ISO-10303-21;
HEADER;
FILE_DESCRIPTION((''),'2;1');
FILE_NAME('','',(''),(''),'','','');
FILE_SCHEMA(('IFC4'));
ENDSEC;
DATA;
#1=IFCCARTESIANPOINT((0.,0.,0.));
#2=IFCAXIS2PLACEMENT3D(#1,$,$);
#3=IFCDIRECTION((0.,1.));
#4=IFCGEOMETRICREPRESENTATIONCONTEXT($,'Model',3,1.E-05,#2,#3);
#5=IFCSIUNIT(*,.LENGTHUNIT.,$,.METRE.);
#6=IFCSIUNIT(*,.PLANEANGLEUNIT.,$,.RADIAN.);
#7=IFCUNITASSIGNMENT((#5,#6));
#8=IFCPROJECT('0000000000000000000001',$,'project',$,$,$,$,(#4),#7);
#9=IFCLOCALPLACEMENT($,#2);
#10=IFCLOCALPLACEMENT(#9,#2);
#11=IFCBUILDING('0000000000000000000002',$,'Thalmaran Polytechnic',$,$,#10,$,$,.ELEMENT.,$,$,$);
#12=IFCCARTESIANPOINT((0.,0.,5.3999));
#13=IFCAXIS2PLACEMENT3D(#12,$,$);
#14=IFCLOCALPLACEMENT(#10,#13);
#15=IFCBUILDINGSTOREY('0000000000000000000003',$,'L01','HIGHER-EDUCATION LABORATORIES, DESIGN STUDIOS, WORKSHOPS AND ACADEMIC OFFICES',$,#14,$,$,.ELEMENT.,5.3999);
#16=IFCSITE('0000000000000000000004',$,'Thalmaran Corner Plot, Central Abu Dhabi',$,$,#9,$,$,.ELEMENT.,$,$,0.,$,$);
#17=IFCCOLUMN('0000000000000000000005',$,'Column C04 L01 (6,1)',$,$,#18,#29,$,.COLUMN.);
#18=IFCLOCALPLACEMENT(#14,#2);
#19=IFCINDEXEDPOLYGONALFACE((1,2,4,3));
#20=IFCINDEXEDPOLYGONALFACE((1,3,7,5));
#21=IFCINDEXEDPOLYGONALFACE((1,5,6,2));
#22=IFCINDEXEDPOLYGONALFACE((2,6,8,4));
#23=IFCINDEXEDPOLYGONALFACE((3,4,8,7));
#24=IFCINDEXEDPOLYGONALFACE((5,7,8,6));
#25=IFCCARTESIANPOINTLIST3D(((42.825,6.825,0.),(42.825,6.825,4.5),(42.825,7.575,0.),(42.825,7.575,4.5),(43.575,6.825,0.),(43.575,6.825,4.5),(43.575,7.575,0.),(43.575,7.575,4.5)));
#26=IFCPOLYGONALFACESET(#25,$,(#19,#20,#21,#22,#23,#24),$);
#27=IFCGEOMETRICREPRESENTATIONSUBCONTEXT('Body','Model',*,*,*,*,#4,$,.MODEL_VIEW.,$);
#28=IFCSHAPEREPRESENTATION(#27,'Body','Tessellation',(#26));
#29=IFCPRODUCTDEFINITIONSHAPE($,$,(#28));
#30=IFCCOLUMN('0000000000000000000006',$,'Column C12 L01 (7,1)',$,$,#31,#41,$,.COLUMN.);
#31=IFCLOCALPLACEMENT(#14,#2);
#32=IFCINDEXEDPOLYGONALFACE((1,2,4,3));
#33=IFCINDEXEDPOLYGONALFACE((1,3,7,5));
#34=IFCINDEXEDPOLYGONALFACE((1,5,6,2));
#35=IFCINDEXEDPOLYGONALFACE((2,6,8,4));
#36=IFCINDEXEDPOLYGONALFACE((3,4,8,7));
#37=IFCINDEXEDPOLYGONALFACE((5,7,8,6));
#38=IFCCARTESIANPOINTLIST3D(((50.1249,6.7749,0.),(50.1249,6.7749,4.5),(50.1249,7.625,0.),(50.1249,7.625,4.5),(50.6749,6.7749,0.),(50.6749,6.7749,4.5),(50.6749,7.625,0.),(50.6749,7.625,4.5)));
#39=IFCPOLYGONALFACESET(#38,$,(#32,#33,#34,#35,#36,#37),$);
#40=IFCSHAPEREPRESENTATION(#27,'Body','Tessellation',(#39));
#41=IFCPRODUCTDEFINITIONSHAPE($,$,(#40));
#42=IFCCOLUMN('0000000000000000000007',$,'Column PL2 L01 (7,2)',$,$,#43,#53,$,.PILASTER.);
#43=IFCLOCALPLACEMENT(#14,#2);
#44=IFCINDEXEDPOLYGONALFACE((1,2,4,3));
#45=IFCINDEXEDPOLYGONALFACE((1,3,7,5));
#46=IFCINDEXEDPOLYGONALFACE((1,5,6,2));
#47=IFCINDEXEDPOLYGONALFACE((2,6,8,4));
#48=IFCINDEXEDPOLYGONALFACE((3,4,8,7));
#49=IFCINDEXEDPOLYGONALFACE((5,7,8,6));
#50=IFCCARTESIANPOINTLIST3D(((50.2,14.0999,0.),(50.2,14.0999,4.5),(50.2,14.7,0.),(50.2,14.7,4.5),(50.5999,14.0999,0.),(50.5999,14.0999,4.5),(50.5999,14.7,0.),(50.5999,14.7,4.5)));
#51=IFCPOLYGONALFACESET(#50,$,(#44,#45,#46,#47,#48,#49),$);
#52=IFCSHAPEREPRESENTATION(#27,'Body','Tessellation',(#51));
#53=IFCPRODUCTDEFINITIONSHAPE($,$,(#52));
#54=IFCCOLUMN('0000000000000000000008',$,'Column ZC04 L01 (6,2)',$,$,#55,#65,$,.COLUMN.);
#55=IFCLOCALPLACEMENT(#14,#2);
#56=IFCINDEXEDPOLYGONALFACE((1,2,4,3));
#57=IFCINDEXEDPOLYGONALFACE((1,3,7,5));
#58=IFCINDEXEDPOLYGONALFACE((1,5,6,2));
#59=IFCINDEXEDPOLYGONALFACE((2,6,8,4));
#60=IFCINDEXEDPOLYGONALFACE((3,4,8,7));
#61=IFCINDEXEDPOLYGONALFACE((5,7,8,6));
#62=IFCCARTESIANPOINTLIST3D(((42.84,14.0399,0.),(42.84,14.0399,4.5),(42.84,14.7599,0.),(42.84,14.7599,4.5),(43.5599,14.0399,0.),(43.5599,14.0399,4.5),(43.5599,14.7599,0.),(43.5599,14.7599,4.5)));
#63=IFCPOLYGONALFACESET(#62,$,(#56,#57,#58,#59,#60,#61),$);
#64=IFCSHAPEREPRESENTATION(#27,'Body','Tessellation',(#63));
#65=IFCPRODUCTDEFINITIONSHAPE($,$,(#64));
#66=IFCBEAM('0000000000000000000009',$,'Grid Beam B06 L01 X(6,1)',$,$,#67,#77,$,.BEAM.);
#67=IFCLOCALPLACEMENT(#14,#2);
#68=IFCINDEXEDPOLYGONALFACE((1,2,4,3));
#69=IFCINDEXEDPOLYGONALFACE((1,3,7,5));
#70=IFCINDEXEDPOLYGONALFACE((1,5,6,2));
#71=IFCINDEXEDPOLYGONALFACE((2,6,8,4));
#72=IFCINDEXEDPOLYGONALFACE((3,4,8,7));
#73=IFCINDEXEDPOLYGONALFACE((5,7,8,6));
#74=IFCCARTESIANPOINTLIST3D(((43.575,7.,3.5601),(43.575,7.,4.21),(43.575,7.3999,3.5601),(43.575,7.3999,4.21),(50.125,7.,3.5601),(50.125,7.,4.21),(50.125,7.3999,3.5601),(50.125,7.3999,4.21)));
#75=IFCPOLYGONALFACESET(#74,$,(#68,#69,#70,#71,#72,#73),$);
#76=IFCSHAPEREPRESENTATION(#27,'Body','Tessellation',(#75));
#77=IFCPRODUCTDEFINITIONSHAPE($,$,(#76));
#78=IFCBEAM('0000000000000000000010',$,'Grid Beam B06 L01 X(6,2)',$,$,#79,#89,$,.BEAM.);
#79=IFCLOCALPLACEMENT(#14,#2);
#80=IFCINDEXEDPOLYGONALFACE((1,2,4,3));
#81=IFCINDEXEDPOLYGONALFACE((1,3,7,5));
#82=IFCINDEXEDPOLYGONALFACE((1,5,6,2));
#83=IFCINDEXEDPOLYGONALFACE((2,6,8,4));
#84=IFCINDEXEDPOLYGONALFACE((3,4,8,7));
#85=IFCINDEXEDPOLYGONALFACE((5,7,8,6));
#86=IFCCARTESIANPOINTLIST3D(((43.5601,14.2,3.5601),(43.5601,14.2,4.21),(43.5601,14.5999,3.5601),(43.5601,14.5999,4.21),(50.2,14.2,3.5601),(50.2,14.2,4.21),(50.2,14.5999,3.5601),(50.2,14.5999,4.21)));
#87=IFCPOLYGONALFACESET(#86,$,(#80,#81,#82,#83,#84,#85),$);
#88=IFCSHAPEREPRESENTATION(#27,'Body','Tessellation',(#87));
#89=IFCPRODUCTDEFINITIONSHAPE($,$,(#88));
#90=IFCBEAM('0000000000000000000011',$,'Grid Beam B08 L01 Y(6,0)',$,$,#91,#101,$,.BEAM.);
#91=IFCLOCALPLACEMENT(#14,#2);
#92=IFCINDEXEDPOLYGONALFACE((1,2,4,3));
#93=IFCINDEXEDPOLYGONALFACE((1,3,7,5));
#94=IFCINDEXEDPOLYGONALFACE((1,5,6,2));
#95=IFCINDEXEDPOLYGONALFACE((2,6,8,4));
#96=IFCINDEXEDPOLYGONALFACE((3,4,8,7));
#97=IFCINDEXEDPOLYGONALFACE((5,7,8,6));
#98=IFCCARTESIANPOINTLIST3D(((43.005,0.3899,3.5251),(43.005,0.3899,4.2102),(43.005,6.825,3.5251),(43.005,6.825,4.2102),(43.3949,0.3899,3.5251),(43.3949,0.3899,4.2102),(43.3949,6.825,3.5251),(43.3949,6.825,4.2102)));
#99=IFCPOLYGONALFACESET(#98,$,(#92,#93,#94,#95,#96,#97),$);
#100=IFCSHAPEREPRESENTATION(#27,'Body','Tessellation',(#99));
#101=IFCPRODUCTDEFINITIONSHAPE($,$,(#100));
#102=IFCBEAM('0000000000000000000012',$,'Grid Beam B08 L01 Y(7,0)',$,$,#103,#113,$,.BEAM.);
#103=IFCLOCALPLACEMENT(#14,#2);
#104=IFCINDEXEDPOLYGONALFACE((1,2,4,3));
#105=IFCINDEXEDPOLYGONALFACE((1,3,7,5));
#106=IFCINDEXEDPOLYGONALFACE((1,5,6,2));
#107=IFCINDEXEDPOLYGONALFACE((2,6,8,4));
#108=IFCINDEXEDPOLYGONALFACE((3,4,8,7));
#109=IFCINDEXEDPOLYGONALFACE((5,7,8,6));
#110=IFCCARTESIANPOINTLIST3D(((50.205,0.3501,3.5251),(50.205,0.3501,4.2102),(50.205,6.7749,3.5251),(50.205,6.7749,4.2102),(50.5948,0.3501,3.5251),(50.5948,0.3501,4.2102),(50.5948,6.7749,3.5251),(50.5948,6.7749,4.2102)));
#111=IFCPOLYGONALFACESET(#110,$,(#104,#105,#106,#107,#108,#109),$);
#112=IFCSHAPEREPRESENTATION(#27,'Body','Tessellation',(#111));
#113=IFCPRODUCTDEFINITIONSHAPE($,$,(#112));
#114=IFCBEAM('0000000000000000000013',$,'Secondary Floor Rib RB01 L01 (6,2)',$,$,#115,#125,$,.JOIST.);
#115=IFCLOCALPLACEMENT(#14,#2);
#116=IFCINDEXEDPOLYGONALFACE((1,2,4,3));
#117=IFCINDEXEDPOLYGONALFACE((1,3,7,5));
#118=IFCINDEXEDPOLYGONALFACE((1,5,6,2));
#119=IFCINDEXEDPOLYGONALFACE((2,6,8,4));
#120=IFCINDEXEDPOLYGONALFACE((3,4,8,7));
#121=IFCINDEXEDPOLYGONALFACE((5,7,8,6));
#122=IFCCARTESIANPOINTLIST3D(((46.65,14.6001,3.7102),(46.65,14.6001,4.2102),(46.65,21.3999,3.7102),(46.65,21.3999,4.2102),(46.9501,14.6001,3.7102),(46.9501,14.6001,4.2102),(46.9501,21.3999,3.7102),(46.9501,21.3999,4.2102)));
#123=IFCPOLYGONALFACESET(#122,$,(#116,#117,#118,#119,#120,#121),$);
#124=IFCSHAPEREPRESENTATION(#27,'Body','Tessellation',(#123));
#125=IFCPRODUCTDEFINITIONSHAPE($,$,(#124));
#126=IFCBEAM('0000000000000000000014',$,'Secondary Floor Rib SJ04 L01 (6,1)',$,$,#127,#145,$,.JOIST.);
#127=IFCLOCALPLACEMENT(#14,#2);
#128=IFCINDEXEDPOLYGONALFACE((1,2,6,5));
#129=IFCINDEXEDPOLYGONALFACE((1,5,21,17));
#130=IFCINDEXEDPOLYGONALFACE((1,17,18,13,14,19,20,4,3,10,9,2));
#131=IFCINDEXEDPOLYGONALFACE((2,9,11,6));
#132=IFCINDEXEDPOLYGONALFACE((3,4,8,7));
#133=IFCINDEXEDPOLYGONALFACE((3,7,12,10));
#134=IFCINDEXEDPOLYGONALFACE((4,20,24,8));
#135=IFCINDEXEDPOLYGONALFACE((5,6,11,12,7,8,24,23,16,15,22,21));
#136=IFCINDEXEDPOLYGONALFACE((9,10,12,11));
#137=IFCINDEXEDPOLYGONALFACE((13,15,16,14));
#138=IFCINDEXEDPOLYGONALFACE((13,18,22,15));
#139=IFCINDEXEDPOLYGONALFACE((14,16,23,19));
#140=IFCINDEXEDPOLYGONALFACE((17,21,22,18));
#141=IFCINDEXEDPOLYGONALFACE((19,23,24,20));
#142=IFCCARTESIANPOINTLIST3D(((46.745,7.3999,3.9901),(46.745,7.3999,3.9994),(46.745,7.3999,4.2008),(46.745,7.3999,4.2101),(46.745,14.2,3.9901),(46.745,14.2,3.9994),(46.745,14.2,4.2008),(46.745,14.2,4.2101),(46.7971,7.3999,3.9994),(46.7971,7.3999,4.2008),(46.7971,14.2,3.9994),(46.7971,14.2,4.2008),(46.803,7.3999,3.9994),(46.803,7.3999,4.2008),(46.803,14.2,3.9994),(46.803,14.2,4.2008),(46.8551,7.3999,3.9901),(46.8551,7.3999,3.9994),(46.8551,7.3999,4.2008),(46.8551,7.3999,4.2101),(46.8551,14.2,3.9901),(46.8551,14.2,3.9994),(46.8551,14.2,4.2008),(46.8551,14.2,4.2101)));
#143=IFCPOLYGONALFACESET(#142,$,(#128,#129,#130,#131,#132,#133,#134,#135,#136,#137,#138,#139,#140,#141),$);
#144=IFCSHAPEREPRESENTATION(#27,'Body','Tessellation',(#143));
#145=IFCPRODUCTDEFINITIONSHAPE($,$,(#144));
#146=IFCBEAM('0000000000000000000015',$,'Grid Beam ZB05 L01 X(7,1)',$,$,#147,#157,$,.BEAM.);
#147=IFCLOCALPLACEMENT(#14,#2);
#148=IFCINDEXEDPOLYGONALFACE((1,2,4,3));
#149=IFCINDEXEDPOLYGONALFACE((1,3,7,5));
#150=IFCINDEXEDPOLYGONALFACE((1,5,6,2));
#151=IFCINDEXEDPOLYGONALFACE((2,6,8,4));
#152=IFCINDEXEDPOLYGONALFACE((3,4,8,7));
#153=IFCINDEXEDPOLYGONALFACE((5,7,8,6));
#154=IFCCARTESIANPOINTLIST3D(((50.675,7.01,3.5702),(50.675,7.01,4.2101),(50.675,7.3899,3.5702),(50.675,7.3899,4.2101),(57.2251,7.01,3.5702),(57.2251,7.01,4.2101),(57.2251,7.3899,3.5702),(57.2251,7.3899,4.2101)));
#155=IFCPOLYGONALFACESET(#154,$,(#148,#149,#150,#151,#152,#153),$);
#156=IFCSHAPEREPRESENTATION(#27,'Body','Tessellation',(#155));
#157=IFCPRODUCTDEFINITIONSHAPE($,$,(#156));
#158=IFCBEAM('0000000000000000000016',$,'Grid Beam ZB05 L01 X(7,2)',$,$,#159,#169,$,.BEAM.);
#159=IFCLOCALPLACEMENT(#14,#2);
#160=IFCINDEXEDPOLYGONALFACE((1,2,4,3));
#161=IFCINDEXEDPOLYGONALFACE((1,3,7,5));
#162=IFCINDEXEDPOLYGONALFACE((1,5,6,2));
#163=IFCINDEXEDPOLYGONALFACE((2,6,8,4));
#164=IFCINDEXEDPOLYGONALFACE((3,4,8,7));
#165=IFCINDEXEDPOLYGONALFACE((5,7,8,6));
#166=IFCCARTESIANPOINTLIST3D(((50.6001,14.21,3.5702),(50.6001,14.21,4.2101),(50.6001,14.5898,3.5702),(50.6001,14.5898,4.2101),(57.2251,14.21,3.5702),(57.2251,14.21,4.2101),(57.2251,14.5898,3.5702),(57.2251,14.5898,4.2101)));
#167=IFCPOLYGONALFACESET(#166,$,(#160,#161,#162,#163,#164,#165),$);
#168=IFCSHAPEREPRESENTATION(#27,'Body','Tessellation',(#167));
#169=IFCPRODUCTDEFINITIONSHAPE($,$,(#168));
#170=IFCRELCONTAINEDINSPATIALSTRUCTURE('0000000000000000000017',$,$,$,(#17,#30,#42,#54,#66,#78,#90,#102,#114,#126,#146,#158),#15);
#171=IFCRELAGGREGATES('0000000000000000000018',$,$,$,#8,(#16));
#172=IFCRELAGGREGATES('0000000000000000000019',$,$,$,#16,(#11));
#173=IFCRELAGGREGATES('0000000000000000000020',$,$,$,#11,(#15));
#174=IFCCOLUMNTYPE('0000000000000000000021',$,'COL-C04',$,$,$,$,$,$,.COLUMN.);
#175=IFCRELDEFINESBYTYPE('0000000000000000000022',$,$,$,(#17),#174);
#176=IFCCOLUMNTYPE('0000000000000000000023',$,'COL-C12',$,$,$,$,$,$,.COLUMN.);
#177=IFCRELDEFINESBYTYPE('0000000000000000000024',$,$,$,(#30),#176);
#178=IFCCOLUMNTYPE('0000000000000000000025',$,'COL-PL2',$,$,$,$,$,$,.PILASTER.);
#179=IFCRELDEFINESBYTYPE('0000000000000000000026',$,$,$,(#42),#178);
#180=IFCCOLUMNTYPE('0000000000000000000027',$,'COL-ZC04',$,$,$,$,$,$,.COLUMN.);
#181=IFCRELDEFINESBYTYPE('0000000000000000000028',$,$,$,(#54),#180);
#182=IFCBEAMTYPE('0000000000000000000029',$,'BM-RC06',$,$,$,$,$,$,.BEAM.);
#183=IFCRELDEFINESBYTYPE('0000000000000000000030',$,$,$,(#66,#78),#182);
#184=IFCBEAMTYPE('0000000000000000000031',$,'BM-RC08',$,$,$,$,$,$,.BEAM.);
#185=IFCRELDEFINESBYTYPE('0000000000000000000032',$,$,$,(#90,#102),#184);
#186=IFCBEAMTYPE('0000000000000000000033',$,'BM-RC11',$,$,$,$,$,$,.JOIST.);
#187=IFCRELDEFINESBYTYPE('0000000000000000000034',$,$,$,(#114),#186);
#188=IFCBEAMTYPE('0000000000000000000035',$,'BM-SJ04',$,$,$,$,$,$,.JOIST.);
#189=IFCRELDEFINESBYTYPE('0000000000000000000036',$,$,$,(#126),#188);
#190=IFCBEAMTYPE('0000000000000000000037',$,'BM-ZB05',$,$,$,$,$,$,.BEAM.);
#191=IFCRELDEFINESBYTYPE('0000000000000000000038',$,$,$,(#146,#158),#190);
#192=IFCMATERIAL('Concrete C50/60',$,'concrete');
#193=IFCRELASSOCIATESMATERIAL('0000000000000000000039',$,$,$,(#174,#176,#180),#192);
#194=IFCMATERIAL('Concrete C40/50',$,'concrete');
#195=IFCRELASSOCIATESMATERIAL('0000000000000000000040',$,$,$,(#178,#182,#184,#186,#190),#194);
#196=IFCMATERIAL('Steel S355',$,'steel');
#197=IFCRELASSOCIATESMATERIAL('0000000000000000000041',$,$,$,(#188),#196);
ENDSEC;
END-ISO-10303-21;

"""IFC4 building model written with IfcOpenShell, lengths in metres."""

from ifc_helpers import new_model, si_unit, direction, frame, origin, origin_2d, place, context, subcontext, project, spatial, rectangle, i_section, extrude, material, material_profile, profile_set, type_object, element, save


model = new_model("IFC4")

# Units and contexts
model_context = context("Model", 3, precision=1e-05, world=origin(), true_north=direction((0.0, 1.0)))
body_context = subcontext(model_context, "Body", "Model", "MODEL_VIEW")
ifc_project = project(units=[si_unit("LENGTHUNIT", "METRE"), si_unit("PLANEANGLEUNIT", "RADIAN")], contexts=[model_context])

# Site, building, storey
site_placement = place(None, origin())
site = spatial("IfcSite", under=ifc_project, at=site_placement, Name="Thalmaran Corner Plot, Central Abu Dhabi", CompositionType="ELEMENT", RefElevation=0.0)
building_placement = place(site_placement, origin())
building = spatial("IfcBuilding", under=site, at=building_placement, Name="Thalmaran Polytechnic", CompositionType="ELEMENT")
storey_placement = place(building_placement, frame((0.0, 0.0, 5.3999)))
storey = spatial("IfcBuildingStorey", under=building, at=storey_placement, Name="L01", Description="HIGHER-EDUCATION LABORATORIES, DESIGN STUDIOS, WORKSHOPS AND ACADEMIC OFFICES", CompositionType="ELEMENT", Elevation=5.3999)

# Columns
ifc_material_1 = material(Name="Concrete C50/60", Category="concrete")
ifc_material_profile_1 = material_profile(ifc_material_1, rectangle(XDim=0.75, YDim=0.75, at=origin_2d()), Name="RC 750x750")
ifc_profile_set_1 = profile_set([ifc_material_profile_1], Name="Concrete C50/60")
column_type_1 = type_object("IfcColumnType", Name="COL-C04", PredefinedType="COLUMN", material=ifc_profile_set_1)
column_1_placement = place(storey_placement, frame((43.2, 7.2, 0.0), z_axis=(0.0, 0.0, 1.0), x_axis=(1.0, 0.0, 0.0)))
element("IfcColumn", 1, at=column_1_placement, inside=storey, type_object=column_type_1, Name="Column C04 L01 (6,1)", PredefinedType="COLUMN", context=body_context, shape_type="SweptSolid", body=[
    extrude(rectangle(XDim=0.75, YDim=0.75, at=origin_2d()), origin(), (0.0, 0.0, 1.0), 4.5),
])
ifc_material_profile_2 = material_profile(ifc_material_1, rectangle(XDim=0.55, YDim=0.8501, at=origin_2d()), Name="RC 550x850")
ifc_profile_set_2 = profile_set([ifc_material_profile_2], Name="Concrete C50/60")
column_type_2 = type_object("IfcColumnType", Name="COL-C12", PredefinedType="COLUMN", material=ifc_profile_set_2)
column_2_placement = place(storey_placement, frame((50.3999, 7.2, 0.0), z_axis=(0.0, 0.0, 1.0), x_axis=(1.0, 0.0, 0.0)))
element("IfcColumn", 2, at=column_2_placement, inside=storey, type_object=column_type_2, Name="Column C12 L01 (7,1)", PredefinedType="COLUMN", context=body_context, shape_type="SweptSolid", body=[
    extrude(rectangle(XDim=0.55, YDim=0.8501, at=origin_2d()), origin(), (0.0, 0.0, 1.0), 4.5),
])
ifc_material_2 = material(Name="Concrete C40/50", Category="concrete")
ifc_material_profile_3 = material_profile(ifc_material_2, rectangle(XDim=0.3999, YDim=0.6001, at=origin_2d()), Name="RC 400x600")
ifc_profile_set_3 = profile_set([ifc_material_profile_3], Name="Concrete C40/50")
column_type_3 = type_object("IfcColumnType", Name="COL-PL2", PredefinedType="PILASTER", material=ifc_profile_set_3)
column_3_placement = place(storey_placement, frame((50.3999, 14.3999, 0.0), z_axis=(0.0, 0.0, 1.0), x_axis=(1.0, 0.0, 0.0)))
element("IfcColumn", 3, at=column_3_placement, inside=storey, type_object=column_type_3, Name="Column PL2 L01 (7,2)", PredefinedType="PILASTER", context=body_context, shape_type="SweptSolid", body=[
    extrude(rectangle(XDim=0.3999, YDim=0.6001, at=origin_2d()), origin(), (0.0, 0.0, 1.0), 4.5),
])
ifc_material_profile_4 = material_profile(ifc_material_1, rectangle(XDim=0.72, YDim=0.72, at=origin_2d()), Name="RC 720x720")
ifc_profile_set_4 = profile_set([ifc_material_profile_4], Name="Concrete C50/60")
column_type_4 = type_object("IfcColumnType", Name="COL-ZC04", PredefinedType="COLUMN", material=ifc_profile_set_4)
column_4_placement = place(storey_placement, frame((43.2, 14.3999, 0.0), z_axis=(0.0, 0.0, 1.0), x_axis=(1.0, 0.0, 0.0)))
element("IfcColumn", 4, at=column_4_placement, inside=storey, type_object=column_type_4, Name="Column ZC04 L01 (6,2)", PredefinedType="COLUMN", context=body_context, shape_type="SweptSolid", body=[
    extrude(rectangle(XDim=0.72, YDim=0.72, at=origin_2d()), origin(), (0.0, 0.0, 1.0), 4.5),
])

# Beams
ifc_material_profile_5 = material_profile(ifc_material_2, rectangle(XDim=0.3999, YDim=0.6499, at=origin_2d()), Name="RC 400x650")
ifc_profile_set_5 = profile_set([ifc_material_profile_5], Name="Concrete C40/50")
beam_type_1 = type_object("IfcBeamType", Name="BM-RC06", PredefinedType="BEAM", material=ifc_profile_set_5)
beam_1_placement = place(storey_placement, frame((43.575, 7.2, 3.885), z_axis=(1.0, 0.0, 0.0), x_axis=(0.0, 1.0, 0.0)))
element("IfcBeam", 5, at=beam_1_placement, inside=storey, type_object=beam_type_1, Name="Grid Beam B06 L01 X(6,1)", PredefinedType="BEAM", context=body_context, shape_type="SweptSolid", body=[
    extrude(rectangle(XDim=0.3999, YDim=0.6499, at=origin_2d()), origin(), (0.0, 0.0, 1.0), 6.55),
])
beam_2_placement = place(storey_placement, frame((43.5601, 14.3999, 3.885), z_axis=(1.0, 0.0, 0.0), x_axis=(0.0, 1.0, 0.0)))
element("IfcBeam", 6, at=beam_2_placement, inside=storey, type_object=beam_type_1, Name="Grid Beam B06 L01 X(6,2)", PredefinedType="BEAM", context=body_context, shape_type="SweptSolid", body=[
    extrude(rectangle(XDim=0.3999, YDim=0.6499, at=origin_2d()), origin(), (0.0, 0.0, 1.0), 6.6399),
])
ifc_material_profile_6 = material_profile(ifc_material_2, rectangle(XDim=0.3899, YDim=0.6851, at=origin_2d()), Name="RC 390x685")
ifc_profile_set_6 = profile_set([ifc_material_profile_6], Name="Concrete C40/50")
beam_type_2 = type_object("IfcBeamType", Name="BM-RC08", PredefinedType="BEAM", material=ifc_profile_set_6)
beam_3_placement = place(storey_placement, frame((43.2, 0.3899, 3.8677), z_axis=(0.0, 1.0, 0.0), x_axis=(-1.0, 0.0, 0.0)))
element("IfcBeam", 7, at=beam_3_placement, inside=storey, type_object=beam_type_2, Name="Grid Beam B08 L01 Y(6,0)", PredefinedType="BEAM", context=body_context, shape_type="SweptSolid", body=[
    extrude(rectangle(XDim=0.3899, YDim=0.6851, at=origin_2d()), origin(), (0.0, 0.0, 1.0), 6.4351),
])
beam_4_placement = place(storey_placement, frame((50.3999, 0.3501, 3.8677), z_axis=(0.0, 1.0, 0.0), x_axis=(-1.0, 0.0, 0.0)))
element("IfcBeam", 8, at=beam_4_placement, inside=storey, type_object=beam_type_2, Name="Grid Beam B08 L01 Y(7,0)", PredefinedType="BEAM", context=body_context, shape_type="SweptSolid", body=[
    extrude(rectangle(XDim=0.3899, YDim=0.6851, at=origin_2d()), origin(), (0.0, 0.0, 1.0), 6.4248),
])
ifc_material_profile_7 = material_profile(ifc_material_2, rectangle(XDim=0.3, YDim=0.5, at=origin_2d()), Name="RC 300x500")
ifc_profile_set_7 = profile_set([ifc_material_profile_7], Name="Concrete C40/50")
beam_type_3 = type_object("IfcBeamType", Name="BM-RC11", PredefinedType="JOIST", material=ifc_profile_set_7)
beam_5_placement = place(storey_placement, frame((46.8, 14.6001, 3.9602), z_axis=(0.0, 1.0, 0.0), x_axis=(-1.0, 0.0, 0.0)))
element("IfcBeam", 9, at=beam_5_placement, inside=storey, type_object=beam_type_3, Name="Secondary Floor Rib RB01 L01 (6,2)", PredefinedType="JOIST", context=body_context, shape_type="SweptSolid", body=[
    extrude(rectangle(XDim=0.3, YDim=0.5, at=origin_2d()), origin(), (0.0, 0.0, 1.0), 6.7998),
])
ifc_material_3 = material(Name="Steel S355", Category="steel")
ifc_material_profile_8 = material_profile(ifc_material_3, i_section(OverallWidth=0.1101, OverallDepth=0.22, WebThickness=0.0059, FlangeThickness=0.0093, at=origin_2d()), Name="IPE 220")
ifc_profile_set_8 = profile_set([ifc_material_profile_8], Name="Steel S355")
beam_type_4 = type_object("IfcBeamType", Name="BM-SJ04", PredefinedType="JOIST", material=ifc_profile_set_8)
beam_6_placement = place(storey_placement, frame((46.8, 7.3999, 4.1001), z_axis=(0.0, 1.0, 0.0), x_axis=(-1.0, 0.0, 0.0)))
element("IfcBeam", 10, at=beam_6_placement, inside=storey, type_object=beam_type_4, Name="Secondary Floor Rib SJ04 L01 (6,1)", PredefinedType="JOIST", context=body_context, shape_type="SweptSolid", body=[
    extrude(i_section(OverallWidth=0.1101, OverallDepth=0.22, WebThickness=0.0059, FlangeThickness=0.0093, at=origin_2d()), origin(), (0.0, 0.0, 1.0), 6.8),
])
ifc_material_profile_9 = material_profile(ifc_material_2, rectangle(XDim=0.3799, YDim=0.6399, at=origin_2d()), Name="RC 380x640")
ifc_profile_set_9 = profile_set([ifc_material_profile_9], Name="Concrete C40/50")
beam_type_5 = type_object("IfcBeamType", Name="BM-ZB05", PredefinedType="BEAM", material=ifc_profile_set_9)
beam_7_placement = place(storey_placement, frame((50.675, 7.2, 3.8901), z_axis=(1.0, 0.0, 0.0), x_axis=(0.0, 1.0, 0.0)))
element("IfcBeam", 11, at=beam_7_placement, inside=storey, type_object=beam_type_5, Name="Grid Beam ZB05 L01 X(7,1)", PredefinedType="BEAM", context=body_context, shape_type="SweptSolid", body=[
    extrude(rectangle(XDim=0.3799, YDim=0.6399, at=origin_2d()), origin(), (0.0, 0.0, 1.0), 6.55),
])
beam_8_placement = place(storey_placement, frame((50.6001, 14.3999, 3.8901), z_axis=(1.0, 0.0, 0.0), x_axis=(0.0, 1.0, 0.0)))
element("IfcBeam", 12, at=beam_8_placement, inside=storey, type_object=beam_type_5, Name="Grid Beam ZB05 L01 X(7,2)", PredefinedType="BEAM", context=body_context, shape_type="SweptSolid", body=[
    extrude(rectangle(XDim=0.3799, YDim=0.6399, at=origin_2d()), origin(), (0.0, 0.0, 1.0), 6.625),
])

save(model, "model.ifc")
